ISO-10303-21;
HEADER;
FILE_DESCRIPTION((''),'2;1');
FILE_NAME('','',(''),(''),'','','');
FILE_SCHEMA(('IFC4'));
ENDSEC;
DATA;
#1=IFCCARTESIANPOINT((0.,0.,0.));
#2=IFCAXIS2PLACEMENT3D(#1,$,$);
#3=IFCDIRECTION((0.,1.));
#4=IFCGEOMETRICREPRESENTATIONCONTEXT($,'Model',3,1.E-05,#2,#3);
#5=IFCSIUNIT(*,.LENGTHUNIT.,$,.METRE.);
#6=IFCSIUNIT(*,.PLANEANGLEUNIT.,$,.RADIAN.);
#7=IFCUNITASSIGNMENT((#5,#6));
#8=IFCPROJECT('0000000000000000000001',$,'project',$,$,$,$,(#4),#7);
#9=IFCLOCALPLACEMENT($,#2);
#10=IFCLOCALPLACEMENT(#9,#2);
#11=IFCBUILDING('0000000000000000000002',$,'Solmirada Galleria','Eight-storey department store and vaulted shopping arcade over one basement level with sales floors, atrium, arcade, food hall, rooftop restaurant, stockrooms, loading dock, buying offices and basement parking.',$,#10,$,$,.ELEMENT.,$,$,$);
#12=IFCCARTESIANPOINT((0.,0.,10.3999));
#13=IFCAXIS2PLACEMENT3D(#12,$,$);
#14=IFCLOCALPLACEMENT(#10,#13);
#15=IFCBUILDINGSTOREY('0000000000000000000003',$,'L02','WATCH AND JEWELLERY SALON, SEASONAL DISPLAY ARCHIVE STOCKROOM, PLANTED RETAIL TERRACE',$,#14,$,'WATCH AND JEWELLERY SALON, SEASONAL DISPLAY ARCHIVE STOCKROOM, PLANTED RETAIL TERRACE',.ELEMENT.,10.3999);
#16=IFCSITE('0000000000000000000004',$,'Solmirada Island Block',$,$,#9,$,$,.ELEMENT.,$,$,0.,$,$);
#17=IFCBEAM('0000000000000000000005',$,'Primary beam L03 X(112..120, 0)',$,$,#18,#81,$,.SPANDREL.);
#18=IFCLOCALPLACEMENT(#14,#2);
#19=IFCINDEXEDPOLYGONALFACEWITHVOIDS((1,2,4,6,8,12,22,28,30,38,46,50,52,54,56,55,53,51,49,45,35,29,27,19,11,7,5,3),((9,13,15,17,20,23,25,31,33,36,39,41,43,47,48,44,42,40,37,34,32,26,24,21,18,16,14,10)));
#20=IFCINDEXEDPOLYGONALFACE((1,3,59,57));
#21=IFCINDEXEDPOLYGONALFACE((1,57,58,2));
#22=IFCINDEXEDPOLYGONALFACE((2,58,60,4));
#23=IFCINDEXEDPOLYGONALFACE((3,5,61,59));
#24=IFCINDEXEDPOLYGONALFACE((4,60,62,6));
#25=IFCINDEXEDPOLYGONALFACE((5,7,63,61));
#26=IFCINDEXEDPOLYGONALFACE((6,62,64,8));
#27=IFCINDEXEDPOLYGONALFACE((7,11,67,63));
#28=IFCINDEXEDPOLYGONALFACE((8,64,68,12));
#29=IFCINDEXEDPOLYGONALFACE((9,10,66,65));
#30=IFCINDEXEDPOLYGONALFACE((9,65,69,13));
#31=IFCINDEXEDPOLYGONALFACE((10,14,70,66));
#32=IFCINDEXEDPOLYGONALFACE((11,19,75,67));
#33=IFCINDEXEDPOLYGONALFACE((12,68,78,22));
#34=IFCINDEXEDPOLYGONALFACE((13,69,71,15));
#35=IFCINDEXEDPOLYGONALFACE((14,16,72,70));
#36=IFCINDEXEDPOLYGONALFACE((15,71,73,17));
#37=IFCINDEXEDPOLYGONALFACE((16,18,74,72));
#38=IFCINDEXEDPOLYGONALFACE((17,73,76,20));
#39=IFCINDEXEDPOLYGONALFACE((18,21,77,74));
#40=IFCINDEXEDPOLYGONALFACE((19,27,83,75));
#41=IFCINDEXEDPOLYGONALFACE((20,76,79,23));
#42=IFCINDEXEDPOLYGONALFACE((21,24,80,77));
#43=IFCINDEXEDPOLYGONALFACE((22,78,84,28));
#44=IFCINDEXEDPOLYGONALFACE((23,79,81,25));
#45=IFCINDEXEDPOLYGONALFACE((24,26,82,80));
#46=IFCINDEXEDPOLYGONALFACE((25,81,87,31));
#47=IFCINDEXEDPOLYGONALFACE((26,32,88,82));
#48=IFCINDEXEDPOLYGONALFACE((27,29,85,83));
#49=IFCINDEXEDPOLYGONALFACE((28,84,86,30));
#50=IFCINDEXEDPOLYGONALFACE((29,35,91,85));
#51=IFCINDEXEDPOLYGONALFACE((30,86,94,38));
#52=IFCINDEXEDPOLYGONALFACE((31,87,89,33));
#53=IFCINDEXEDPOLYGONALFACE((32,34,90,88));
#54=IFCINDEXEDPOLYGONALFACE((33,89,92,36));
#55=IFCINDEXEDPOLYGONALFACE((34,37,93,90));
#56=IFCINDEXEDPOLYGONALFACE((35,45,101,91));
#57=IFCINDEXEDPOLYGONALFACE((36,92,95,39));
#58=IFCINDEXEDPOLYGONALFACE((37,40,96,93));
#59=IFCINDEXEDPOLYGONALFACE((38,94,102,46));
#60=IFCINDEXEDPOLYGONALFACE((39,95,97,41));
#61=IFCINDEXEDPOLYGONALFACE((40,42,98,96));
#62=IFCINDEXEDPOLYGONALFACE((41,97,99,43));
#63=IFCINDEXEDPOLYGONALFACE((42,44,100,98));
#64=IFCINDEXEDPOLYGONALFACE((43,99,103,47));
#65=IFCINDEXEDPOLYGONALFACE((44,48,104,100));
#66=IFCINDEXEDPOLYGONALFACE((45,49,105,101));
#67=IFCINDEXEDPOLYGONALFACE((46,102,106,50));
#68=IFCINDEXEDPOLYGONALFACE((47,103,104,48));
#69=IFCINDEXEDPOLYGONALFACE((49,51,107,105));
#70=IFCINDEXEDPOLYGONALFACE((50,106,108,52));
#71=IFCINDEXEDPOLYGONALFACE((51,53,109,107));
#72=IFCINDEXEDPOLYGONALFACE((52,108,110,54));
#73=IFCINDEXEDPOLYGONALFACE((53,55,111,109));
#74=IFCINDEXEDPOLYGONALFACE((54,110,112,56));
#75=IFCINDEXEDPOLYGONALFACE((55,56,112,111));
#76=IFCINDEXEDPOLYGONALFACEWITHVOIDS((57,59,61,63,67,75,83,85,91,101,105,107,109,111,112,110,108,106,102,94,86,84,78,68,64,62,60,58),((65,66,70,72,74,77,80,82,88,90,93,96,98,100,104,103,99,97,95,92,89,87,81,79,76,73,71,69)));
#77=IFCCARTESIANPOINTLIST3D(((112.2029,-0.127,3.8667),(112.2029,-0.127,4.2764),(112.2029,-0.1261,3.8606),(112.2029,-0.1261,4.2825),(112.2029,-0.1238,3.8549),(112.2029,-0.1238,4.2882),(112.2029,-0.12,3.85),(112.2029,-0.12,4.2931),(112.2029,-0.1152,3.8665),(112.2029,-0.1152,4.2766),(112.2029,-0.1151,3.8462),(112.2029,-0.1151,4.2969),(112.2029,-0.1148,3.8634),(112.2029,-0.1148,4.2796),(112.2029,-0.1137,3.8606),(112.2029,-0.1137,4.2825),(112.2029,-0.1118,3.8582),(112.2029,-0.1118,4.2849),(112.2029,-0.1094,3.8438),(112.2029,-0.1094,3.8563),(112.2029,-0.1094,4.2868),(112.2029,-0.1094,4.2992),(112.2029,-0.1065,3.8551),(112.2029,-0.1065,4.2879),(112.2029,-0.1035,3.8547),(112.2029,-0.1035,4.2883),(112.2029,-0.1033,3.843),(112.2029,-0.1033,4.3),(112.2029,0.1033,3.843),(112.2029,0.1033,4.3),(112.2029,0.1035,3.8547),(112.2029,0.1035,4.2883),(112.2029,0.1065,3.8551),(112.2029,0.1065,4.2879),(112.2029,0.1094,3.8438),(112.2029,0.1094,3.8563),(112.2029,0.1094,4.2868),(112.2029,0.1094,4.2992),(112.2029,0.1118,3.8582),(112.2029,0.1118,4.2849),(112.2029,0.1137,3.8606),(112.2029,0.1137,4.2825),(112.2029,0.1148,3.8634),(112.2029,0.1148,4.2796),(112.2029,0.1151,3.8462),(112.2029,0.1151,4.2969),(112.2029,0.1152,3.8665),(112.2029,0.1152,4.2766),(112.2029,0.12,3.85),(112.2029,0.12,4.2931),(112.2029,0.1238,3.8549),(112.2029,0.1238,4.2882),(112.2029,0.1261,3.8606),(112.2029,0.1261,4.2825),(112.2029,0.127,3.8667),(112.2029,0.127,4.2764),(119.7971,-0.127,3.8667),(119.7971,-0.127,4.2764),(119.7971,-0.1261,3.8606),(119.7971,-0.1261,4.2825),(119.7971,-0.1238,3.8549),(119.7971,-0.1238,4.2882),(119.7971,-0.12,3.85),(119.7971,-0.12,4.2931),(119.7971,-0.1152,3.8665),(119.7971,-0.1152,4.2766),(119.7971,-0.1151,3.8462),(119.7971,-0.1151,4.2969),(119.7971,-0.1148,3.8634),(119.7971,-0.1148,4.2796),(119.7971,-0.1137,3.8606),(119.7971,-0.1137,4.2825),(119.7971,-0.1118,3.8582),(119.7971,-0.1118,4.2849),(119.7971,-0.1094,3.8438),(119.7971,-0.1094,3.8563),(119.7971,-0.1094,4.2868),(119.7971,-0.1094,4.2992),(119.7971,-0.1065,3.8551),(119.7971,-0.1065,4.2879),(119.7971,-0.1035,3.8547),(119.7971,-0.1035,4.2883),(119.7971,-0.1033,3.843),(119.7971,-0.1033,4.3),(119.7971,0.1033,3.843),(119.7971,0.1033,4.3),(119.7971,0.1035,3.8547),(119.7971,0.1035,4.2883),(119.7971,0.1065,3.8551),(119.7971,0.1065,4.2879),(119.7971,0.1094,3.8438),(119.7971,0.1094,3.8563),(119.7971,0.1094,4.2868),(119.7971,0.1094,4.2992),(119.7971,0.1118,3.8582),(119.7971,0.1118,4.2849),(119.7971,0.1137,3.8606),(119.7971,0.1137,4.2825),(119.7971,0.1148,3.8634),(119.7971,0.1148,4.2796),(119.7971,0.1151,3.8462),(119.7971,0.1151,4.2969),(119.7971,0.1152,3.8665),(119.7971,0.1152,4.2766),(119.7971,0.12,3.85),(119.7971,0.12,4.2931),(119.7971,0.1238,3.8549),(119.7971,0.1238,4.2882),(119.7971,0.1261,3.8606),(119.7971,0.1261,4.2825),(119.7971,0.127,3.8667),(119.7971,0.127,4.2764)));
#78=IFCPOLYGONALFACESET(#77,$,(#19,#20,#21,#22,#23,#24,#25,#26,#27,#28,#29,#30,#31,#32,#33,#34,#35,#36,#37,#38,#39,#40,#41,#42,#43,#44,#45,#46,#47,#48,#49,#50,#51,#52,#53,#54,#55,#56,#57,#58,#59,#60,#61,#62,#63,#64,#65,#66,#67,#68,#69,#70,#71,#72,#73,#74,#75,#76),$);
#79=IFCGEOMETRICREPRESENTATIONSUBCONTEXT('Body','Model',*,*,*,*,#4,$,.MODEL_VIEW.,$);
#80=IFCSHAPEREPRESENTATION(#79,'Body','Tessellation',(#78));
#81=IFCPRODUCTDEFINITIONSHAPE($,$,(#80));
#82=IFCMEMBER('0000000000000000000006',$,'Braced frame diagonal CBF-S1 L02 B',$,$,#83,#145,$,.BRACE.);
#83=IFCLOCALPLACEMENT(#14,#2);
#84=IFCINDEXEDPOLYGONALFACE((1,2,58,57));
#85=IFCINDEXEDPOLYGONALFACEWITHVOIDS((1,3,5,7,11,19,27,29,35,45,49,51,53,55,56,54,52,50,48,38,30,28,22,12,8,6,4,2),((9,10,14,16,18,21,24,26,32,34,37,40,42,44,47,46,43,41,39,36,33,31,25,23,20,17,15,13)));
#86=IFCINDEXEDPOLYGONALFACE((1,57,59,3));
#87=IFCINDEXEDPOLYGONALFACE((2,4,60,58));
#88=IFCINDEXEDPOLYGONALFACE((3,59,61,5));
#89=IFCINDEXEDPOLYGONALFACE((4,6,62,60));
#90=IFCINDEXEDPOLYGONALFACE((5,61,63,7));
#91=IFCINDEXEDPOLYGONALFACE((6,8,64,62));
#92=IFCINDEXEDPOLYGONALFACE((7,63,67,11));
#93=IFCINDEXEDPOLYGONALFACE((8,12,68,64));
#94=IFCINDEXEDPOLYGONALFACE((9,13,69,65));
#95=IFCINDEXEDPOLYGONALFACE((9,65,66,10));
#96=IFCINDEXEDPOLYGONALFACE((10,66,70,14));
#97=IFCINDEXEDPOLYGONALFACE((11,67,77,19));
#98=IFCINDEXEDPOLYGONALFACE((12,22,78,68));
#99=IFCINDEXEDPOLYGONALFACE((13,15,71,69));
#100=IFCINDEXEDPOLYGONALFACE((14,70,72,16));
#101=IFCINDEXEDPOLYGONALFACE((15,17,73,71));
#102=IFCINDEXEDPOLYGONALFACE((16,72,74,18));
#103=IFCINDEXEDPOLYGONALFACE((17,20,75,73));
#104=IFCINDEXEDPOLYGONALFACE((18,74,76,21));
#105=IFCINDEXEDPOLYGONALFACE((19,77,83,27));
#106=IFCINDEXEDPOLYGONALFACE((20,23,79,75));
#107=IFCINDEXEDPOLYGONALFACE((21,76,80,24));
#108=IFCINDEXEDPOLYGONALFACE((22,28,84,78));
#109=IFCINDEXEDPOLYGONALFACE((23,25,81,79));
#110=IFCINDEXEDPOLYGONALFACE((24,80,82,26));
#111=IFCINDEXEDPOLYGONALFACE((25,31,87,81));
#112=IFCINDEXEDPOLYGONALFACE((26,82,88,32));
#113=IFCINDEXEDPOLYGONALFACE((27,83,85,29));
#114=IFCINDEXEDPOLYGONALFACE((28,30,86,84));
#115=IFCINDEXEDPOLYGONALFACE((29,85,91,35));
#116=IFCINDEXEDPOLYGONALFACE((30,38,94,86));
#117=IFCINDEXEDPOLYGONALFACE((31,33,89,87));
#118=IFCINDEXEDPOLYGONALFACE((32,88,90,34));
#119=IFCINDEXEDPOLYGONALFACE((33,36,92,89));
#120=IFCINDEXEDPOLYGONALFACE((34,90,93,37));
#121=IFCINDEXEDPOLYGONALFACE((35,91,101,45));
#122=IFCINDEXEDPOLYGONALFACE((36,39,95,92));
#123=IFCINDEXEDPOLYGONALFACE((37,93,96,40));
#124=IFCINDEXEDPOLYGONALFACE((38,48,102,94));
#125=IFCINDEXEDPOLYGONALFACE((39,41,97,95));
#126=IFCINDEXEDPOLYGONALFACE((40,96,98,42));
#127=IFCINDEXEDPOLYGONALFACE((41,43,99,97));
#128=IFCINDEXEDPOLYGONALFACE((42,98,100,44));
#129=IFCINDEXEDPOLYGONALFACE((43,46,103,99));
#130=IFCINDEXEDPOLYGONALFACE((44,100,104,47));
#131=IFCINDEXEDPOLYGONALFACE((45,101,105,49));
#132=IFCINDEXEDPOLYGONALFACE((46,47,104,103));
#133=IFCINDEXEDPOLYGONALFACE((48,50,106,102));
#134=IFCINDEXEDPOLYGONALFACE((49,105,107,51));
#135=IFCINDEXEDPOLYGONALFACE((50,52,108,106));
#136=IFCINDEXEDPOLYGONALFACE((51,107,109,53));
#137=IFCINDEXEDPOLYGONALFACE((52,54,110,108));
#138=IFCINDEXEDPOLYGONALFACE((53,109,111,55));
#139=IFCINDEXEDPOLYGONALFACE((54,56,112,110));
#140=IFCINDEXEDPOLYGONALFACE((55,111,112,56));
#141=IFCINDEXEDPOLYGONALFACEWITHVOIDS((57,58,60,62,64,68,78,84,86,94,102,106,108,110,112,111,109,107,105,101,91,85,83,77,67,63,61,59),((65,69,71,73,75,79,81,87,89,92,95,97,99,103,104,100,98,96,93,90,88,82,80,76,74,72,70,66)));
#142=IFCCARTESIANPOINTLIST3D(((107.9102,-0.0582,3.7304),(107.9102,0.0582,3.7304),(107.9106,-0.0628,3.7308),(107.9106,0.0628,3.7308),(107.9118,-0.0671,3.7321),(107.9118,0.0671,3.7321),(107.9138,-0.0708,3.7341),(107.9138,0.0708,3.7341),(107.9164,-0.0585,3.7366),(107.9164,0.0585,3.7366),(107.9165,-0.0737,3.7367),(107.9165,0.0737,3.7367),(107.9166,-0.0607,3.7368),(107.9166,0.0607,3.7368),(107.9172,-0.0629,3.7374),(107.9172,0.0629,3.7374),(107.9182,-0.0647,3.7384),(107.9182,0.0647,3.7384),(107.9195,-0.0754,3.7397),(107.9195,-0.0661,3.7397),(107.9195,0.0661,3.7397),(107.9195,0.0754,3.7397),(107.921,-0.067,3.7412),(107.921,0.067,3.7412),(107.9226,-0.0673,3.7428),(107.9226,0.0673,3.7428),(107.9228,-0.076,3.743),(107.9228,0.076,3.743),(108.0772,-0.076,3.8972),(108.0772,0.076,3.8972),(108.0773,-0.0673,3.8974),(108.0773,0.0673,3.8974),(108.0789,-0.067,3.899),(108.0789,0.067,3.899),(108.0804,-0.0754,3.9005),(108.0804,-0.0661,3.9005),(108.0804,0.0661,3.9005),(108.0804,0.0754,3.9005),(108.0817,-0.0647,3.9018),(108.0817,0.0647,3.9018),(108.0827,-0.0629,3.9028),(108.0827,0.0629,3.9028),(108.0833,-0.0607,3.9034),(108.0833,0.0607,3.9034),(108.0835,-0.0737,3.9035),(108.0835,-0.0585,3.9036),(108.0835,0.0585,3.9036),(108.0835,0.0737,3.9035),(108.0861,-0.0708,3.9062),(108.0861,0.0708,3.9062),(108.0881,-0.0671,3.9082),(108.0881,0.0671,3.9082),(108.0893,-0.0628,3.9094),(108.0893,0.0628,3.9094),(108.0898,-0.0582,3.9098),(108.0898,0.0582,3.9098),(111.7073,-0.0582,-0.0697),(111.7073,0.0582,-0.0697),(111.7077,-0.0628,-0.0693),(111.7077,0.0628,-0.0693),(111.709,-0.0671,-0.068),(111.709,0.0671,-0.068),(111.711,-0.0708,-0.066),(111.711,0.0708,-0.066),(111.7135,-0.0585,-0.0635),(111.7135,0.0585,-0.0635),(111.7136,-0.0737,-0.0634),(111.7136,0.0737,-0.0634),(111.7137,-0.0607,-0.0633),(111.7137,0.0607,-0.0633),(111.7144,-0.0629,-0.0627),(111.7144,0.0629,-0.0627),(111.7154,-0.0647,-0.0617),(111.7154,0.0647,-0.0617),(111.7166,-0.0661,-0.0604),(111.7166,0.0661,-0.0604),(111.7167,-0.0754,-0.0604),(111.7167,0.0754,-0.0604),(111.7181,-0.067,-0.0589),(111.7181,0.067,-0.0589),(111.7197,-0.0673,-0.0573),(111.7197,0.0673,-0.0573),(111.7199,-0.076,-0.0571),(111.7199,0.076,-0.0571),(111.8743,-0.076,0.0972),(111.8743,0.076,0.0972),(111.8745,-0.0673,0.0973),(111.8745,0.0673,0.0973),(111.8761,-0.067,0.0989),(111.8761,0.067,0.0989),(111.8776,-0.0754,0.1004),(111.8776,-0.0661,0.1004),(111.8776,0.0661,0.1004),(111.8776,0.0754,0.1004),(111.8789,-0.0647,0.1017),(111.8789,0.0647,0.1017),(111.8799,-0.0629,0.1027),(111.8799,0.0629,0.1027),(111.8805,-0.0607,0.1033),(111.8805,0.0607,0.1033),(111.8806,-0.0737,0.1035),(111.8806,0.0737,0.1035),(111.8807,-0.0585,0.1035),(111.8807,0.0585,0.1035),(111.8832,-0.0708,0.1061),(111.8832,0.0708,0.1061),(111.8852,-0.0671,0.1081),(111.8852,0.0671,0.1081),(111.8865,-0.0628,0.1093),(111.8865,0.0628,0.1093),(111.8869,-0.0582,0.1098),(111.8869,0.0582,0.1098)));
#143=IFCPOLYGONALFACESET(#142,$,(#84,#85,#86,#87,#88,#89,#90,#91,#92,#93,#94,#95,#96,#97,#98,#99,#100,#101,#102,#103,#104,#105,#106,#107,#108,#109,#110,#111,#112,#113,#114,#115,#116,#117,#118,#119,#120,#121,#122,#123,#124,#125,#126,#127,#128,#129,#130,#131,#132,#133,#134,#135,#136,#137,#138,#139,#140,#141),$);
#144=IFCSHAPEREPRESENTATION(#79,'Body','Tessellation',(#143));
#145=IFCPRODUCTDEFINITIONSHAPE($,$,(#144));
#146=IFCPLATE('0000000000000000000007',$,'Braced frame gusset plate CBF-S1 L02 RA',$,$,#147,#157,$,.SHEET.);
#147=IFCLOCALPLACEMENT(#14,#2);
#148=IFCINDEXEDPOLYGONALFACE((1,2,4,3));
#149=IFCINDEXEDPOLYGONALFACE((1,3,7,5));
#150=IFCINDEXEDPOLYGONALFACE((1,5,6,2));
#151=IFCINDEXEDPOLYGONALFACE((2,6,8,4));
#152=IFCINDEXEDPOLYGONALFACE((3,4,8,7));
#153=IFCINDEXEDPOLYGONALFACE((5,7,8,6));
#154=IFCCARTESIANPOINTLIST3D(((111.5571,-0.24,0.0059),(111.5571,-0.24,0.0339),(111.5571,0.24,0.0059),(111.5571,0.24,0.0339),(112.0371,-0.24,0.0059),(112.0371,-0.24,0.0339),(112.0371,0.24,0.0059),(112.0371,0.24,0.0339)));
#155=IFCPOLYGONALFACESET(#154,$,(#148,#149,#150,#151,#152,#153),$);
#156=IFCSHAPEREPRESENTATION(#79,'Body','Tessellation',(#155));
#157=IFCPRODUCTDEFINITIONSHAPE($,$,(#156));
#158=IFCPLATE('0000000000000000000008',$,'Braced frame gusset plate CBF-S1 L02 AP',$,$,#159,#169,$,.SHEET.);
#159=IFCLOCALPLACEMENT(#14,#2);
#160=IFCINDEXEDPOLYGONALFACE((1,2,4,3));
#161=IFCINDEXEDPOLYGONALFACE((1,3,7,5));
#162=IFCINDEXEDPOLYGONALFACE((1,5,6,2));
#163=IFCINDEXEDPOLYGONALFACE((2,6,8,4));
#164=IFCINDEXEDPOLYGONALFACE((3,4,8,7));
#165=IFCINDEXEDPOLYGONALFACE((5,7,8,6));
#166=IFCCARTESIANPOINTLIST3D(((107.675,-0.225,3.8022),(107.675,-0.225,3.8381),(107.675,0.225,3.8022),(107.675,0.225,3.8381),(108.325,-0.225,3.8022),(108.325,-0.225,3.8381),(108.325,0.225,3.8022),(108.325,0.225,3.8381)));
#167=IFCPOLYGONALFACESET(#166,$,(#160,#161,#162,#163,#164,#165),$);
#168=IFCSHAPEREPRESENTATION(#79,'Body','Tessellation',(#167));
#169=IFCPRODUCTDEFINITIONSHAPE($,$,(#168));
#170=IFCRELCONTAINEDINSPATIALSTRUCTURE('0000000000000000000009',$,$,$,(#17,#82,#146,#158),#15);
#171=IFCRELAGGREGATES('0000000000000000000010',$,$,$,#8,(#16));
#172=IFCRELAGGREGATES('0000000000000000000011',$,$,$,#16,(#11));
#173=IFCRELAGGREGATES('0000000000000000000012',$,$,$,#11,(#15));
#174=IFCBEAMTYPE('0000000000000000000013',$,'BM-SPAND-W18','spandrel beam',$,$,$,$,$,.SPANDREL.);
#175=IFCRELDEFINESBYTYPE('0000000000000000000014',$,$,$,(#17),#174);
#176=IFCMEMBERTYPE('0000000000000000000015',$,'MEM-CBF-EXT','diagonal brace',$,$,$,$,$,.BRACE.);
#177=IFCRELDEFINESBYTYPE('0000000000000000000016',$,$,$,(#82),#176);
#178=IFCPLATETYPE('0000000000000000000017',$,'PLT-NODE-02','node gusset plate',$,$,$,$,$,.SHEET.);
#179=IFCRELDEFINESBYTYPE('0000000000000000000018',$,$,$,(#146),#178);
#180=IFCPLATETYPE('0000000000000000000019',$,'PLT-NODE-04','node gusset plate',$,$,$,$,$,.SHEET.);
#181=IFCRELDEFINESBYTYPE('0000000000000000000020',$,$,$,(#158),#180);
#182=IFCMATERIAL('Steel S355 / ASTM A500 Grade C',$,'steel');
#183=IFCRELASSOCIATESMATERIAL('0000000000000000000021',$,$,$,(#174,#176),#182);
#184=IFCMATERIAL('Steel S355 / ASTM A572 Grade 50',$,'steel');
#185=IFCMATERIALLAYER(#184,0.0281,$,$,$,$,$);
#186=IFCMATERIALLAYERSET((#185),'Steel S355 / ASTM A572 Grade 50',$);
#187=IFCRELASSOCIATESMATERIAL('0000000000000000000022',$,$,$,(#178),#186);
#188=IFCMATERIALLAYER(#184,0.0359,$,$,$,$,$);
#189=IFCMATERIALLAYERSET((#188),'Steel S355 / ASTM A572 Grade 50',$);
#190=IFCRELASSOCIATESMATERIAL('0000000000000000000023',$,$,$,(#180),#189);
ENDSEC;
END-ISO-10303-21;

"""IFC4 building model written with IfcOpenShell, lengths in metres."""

from ifc_helpers import new_model, si_unit, direction, frame, origin, origin_2d, place, context, subcontext, project, spatial, rectangle, hollow_rectangle, extrude, material, layer, layer_set, material_profile, profile_set, type_object, element, save


model = new_model("IFC4")

# Units and contexts
model_context = context("Model", 3, precision=1e-05, world=origin(), true_north=direction((0.0, 1.0)))
body_context = subcontext(model_context, "Body", "Model", "MODEL_VIEW")
ifc_project = project(units=[si_unit("LENGTHUNIT", "METRE"), si_unit("PLANEANGLEUNIT", "RADIAN")], contexts=[model_context])

# Site, building, storey
site_placement = place(None, origin())
site = spatial("IfcSite", under=ifc_project, at=site_placement, Name="Solmirada Island Block", CompositionType="ELEMENT", RefElevation=0.0)
building_placement = place(site_placement, origin())
building = spatial("IfcBuilding", under=site, at=building_placement, Name="Solmirada Galleria", Description="Eight-storey department store and vaulted shopping arcade over one basement level with sales floors, atrium, arcade, food hall, rooftop restaurant, stockrooms, loading dock, buying offices and basement parking.", CompositionType="ELEMENT")
storey_placement = place(building_placement, frame((0.0, 0.0, 10.3999)))
storey = spatial("IfcBuildingStorey", under=building, at=storey_placement, Name="L02", Description="WATCH AND JEWELLERY SALON, SEASONAL DISPLAY ARCHIVE STOCKROOM, PLANTED RETAIL TERRACE", LongName="WATCH AND JEWELLERY SALON, SEASONAL DISPLAY ARCHIVE STOCKROOM, PLANTED RETAIL TERRACE", CompositionType="ELEMENT", Elevation=10.3999)

# Shared definitions
ifc_material_1 = material(Name="Steel S355 / ASTM A500 Grade C", Category="steel")

# Beam
ifc_material_profile_1 = material_profile(ifc_material_1, hollow_rectangle(XDim=0.2539, YDim=0.457, WallThickness=0.0117, InnerFilletRadius=0.0117, OuterFilletRadius=0.0237, at=origin_2d()), Name="HSS18X10X1/2")
ifc_profile_set_1 = profile_set([ifc_material_profile_1], Name="Steel S355 / ASTM A500 Grade C")
beam_type_1 = type_object("IfcBeamType", Name="BM-SPAND-W18", Description="spandrel beam", PredefinedType="SPANDREL", material=ifc_profile_set_1)
beam_1_placement = place(storey_placement, frame((112.2029, 0.0, 4.0715), z_axis=(1.0, 0.0, 0.0), x_axis=(0.0, 1.0, 0.0)))
element("IfcBeam", 1, at=beam_1_placement, inside=storey, type_object=beam_type_1, Name="Primary beam L03 X(112..120, 0)", PredefinedType="SPANDREL", context=body_context, shape_type="SweptSolid", body=[
    extrude(hollow_rectangle(XDim=0.2539, YDim=0.457, WallThickness=0.0117, InnerFilletRadius=0.0117, OuterFilletRadius=0.0237, at=origin_2d()), origin(), (0.0, 0.0, 1.0), 7.5942),
])

# Member
ifc_material_profile_2 = material_profile(ifc_material_1, hollow_rectangle(XDim=0.1521, YDim=0.2539, WallThickness=0.0088, InnerFilletRadius=0.0088, OuterFilletRadius=0.0178, at=origin_2d()), Name="HSS10X6X3/8")
ifc_profile_set_2 = profile_set([ifc_material_profile_2], Name="Steel S355 / ASTM A500 Grade C")
member_type = type_object("IfcMemberType", Name="MEM-CBF-EXT", Description="diagonal brace", PredefinedType="BRACE", material=ifc_profile_set_2)
member_placement = place(storey_placement, frame((111.7971, 0.0, 0.02), z_axis=(-0.706834, 0.0, 0.707379), x_axis=(0.0, -1.0, 0.0)))
element("IfcMember", 2, at=member_placement, inside=storey, type_object=member_type, Name="Braced frame diagonal CBF-S1 L02 B", PredefinedType="BRACE", context=body_context, shape_type="SweptSolid", body=[
    extrude(hollow_rectangle(XDim=0.1521, YDim=0.2539, WallThickness=0.0088, InnerFilletRadius=0.0088, OuterFilletRadius=0.0178, at=origin_2d()), origin(), (0.0, 0.0, 1.0), 5.3721),
])

# Plates
ifc_material_2 = material(Name="Steel S355 / ASTM A572 Grade 50", Category="steel")
ifc_layer_1 = layer(ifc_material_2, 0.0281)
ifc_layer_set_1 = layer_set([ifc_layer_1], Name="Steel S355 / ASTM A572 Grade 50")
plate_type_1 = type_object("IfcPlateType", Name="PLT-NODE-02", Description="node gusset plate", PredefinedType="SHEET", material=ifc_layer_set_1)
plate_1_placement = place(storey_placement, frame((111.7971, 0.0, 0.0059), z_axis=(0.0, 0.0, 1.0), x_axis=(1.0, 0.0, 0.0)))
element("IfcPlate", 3, at=plate_1_placement, inside=storey, type_object=plate_type_1, Name="Braced frame gusset plate CBF-S1 L02 RA", PredefinedType="SHEET", context=body_context, shape_type="SweptSolid", body=[
    extrude(rectangle(XDim=0.48, YDim=0.48, at=origin_2d()), origin(), (0.0, 0.0, 1.0), 0.0281),
])
ifc_layer_2 = layer(ifc_material_2, 0.0359)
ifc_layer_set_2 = layer_set([ifc_layer_2], Name="Steel S355 / ASTM A572 Grade 50")
plate_type_2 = type_object("IfcPlateType", Name="PLT-NODE-04", Description="node gusset plate", PredefinedType="SHEET", material=ifc_layer_set_2)
plate_2_placement = place(storey_placement, frame((108.0, 0.0, 3.8022), z_axis=(0.0, 0.0, 1.0), x_axis=(1.0, 0.0, 0.0)))
element("IfcPlate", 4, at=plate_2_placement, inside=storey, type_object=plate_type_2, Name="Braced frame gusset plate CBF-S1 L02 AP", PredefinedType="SHEET", context=body_context, shape_type="SweptSolid", body=[
    extrude(rectangle(XDim=0.6499, YDim=0.45, at=origin_2d()), origin(), (0.0, 0.0, 1.0), 0.0359),
])

save(model, "model.ifc")
